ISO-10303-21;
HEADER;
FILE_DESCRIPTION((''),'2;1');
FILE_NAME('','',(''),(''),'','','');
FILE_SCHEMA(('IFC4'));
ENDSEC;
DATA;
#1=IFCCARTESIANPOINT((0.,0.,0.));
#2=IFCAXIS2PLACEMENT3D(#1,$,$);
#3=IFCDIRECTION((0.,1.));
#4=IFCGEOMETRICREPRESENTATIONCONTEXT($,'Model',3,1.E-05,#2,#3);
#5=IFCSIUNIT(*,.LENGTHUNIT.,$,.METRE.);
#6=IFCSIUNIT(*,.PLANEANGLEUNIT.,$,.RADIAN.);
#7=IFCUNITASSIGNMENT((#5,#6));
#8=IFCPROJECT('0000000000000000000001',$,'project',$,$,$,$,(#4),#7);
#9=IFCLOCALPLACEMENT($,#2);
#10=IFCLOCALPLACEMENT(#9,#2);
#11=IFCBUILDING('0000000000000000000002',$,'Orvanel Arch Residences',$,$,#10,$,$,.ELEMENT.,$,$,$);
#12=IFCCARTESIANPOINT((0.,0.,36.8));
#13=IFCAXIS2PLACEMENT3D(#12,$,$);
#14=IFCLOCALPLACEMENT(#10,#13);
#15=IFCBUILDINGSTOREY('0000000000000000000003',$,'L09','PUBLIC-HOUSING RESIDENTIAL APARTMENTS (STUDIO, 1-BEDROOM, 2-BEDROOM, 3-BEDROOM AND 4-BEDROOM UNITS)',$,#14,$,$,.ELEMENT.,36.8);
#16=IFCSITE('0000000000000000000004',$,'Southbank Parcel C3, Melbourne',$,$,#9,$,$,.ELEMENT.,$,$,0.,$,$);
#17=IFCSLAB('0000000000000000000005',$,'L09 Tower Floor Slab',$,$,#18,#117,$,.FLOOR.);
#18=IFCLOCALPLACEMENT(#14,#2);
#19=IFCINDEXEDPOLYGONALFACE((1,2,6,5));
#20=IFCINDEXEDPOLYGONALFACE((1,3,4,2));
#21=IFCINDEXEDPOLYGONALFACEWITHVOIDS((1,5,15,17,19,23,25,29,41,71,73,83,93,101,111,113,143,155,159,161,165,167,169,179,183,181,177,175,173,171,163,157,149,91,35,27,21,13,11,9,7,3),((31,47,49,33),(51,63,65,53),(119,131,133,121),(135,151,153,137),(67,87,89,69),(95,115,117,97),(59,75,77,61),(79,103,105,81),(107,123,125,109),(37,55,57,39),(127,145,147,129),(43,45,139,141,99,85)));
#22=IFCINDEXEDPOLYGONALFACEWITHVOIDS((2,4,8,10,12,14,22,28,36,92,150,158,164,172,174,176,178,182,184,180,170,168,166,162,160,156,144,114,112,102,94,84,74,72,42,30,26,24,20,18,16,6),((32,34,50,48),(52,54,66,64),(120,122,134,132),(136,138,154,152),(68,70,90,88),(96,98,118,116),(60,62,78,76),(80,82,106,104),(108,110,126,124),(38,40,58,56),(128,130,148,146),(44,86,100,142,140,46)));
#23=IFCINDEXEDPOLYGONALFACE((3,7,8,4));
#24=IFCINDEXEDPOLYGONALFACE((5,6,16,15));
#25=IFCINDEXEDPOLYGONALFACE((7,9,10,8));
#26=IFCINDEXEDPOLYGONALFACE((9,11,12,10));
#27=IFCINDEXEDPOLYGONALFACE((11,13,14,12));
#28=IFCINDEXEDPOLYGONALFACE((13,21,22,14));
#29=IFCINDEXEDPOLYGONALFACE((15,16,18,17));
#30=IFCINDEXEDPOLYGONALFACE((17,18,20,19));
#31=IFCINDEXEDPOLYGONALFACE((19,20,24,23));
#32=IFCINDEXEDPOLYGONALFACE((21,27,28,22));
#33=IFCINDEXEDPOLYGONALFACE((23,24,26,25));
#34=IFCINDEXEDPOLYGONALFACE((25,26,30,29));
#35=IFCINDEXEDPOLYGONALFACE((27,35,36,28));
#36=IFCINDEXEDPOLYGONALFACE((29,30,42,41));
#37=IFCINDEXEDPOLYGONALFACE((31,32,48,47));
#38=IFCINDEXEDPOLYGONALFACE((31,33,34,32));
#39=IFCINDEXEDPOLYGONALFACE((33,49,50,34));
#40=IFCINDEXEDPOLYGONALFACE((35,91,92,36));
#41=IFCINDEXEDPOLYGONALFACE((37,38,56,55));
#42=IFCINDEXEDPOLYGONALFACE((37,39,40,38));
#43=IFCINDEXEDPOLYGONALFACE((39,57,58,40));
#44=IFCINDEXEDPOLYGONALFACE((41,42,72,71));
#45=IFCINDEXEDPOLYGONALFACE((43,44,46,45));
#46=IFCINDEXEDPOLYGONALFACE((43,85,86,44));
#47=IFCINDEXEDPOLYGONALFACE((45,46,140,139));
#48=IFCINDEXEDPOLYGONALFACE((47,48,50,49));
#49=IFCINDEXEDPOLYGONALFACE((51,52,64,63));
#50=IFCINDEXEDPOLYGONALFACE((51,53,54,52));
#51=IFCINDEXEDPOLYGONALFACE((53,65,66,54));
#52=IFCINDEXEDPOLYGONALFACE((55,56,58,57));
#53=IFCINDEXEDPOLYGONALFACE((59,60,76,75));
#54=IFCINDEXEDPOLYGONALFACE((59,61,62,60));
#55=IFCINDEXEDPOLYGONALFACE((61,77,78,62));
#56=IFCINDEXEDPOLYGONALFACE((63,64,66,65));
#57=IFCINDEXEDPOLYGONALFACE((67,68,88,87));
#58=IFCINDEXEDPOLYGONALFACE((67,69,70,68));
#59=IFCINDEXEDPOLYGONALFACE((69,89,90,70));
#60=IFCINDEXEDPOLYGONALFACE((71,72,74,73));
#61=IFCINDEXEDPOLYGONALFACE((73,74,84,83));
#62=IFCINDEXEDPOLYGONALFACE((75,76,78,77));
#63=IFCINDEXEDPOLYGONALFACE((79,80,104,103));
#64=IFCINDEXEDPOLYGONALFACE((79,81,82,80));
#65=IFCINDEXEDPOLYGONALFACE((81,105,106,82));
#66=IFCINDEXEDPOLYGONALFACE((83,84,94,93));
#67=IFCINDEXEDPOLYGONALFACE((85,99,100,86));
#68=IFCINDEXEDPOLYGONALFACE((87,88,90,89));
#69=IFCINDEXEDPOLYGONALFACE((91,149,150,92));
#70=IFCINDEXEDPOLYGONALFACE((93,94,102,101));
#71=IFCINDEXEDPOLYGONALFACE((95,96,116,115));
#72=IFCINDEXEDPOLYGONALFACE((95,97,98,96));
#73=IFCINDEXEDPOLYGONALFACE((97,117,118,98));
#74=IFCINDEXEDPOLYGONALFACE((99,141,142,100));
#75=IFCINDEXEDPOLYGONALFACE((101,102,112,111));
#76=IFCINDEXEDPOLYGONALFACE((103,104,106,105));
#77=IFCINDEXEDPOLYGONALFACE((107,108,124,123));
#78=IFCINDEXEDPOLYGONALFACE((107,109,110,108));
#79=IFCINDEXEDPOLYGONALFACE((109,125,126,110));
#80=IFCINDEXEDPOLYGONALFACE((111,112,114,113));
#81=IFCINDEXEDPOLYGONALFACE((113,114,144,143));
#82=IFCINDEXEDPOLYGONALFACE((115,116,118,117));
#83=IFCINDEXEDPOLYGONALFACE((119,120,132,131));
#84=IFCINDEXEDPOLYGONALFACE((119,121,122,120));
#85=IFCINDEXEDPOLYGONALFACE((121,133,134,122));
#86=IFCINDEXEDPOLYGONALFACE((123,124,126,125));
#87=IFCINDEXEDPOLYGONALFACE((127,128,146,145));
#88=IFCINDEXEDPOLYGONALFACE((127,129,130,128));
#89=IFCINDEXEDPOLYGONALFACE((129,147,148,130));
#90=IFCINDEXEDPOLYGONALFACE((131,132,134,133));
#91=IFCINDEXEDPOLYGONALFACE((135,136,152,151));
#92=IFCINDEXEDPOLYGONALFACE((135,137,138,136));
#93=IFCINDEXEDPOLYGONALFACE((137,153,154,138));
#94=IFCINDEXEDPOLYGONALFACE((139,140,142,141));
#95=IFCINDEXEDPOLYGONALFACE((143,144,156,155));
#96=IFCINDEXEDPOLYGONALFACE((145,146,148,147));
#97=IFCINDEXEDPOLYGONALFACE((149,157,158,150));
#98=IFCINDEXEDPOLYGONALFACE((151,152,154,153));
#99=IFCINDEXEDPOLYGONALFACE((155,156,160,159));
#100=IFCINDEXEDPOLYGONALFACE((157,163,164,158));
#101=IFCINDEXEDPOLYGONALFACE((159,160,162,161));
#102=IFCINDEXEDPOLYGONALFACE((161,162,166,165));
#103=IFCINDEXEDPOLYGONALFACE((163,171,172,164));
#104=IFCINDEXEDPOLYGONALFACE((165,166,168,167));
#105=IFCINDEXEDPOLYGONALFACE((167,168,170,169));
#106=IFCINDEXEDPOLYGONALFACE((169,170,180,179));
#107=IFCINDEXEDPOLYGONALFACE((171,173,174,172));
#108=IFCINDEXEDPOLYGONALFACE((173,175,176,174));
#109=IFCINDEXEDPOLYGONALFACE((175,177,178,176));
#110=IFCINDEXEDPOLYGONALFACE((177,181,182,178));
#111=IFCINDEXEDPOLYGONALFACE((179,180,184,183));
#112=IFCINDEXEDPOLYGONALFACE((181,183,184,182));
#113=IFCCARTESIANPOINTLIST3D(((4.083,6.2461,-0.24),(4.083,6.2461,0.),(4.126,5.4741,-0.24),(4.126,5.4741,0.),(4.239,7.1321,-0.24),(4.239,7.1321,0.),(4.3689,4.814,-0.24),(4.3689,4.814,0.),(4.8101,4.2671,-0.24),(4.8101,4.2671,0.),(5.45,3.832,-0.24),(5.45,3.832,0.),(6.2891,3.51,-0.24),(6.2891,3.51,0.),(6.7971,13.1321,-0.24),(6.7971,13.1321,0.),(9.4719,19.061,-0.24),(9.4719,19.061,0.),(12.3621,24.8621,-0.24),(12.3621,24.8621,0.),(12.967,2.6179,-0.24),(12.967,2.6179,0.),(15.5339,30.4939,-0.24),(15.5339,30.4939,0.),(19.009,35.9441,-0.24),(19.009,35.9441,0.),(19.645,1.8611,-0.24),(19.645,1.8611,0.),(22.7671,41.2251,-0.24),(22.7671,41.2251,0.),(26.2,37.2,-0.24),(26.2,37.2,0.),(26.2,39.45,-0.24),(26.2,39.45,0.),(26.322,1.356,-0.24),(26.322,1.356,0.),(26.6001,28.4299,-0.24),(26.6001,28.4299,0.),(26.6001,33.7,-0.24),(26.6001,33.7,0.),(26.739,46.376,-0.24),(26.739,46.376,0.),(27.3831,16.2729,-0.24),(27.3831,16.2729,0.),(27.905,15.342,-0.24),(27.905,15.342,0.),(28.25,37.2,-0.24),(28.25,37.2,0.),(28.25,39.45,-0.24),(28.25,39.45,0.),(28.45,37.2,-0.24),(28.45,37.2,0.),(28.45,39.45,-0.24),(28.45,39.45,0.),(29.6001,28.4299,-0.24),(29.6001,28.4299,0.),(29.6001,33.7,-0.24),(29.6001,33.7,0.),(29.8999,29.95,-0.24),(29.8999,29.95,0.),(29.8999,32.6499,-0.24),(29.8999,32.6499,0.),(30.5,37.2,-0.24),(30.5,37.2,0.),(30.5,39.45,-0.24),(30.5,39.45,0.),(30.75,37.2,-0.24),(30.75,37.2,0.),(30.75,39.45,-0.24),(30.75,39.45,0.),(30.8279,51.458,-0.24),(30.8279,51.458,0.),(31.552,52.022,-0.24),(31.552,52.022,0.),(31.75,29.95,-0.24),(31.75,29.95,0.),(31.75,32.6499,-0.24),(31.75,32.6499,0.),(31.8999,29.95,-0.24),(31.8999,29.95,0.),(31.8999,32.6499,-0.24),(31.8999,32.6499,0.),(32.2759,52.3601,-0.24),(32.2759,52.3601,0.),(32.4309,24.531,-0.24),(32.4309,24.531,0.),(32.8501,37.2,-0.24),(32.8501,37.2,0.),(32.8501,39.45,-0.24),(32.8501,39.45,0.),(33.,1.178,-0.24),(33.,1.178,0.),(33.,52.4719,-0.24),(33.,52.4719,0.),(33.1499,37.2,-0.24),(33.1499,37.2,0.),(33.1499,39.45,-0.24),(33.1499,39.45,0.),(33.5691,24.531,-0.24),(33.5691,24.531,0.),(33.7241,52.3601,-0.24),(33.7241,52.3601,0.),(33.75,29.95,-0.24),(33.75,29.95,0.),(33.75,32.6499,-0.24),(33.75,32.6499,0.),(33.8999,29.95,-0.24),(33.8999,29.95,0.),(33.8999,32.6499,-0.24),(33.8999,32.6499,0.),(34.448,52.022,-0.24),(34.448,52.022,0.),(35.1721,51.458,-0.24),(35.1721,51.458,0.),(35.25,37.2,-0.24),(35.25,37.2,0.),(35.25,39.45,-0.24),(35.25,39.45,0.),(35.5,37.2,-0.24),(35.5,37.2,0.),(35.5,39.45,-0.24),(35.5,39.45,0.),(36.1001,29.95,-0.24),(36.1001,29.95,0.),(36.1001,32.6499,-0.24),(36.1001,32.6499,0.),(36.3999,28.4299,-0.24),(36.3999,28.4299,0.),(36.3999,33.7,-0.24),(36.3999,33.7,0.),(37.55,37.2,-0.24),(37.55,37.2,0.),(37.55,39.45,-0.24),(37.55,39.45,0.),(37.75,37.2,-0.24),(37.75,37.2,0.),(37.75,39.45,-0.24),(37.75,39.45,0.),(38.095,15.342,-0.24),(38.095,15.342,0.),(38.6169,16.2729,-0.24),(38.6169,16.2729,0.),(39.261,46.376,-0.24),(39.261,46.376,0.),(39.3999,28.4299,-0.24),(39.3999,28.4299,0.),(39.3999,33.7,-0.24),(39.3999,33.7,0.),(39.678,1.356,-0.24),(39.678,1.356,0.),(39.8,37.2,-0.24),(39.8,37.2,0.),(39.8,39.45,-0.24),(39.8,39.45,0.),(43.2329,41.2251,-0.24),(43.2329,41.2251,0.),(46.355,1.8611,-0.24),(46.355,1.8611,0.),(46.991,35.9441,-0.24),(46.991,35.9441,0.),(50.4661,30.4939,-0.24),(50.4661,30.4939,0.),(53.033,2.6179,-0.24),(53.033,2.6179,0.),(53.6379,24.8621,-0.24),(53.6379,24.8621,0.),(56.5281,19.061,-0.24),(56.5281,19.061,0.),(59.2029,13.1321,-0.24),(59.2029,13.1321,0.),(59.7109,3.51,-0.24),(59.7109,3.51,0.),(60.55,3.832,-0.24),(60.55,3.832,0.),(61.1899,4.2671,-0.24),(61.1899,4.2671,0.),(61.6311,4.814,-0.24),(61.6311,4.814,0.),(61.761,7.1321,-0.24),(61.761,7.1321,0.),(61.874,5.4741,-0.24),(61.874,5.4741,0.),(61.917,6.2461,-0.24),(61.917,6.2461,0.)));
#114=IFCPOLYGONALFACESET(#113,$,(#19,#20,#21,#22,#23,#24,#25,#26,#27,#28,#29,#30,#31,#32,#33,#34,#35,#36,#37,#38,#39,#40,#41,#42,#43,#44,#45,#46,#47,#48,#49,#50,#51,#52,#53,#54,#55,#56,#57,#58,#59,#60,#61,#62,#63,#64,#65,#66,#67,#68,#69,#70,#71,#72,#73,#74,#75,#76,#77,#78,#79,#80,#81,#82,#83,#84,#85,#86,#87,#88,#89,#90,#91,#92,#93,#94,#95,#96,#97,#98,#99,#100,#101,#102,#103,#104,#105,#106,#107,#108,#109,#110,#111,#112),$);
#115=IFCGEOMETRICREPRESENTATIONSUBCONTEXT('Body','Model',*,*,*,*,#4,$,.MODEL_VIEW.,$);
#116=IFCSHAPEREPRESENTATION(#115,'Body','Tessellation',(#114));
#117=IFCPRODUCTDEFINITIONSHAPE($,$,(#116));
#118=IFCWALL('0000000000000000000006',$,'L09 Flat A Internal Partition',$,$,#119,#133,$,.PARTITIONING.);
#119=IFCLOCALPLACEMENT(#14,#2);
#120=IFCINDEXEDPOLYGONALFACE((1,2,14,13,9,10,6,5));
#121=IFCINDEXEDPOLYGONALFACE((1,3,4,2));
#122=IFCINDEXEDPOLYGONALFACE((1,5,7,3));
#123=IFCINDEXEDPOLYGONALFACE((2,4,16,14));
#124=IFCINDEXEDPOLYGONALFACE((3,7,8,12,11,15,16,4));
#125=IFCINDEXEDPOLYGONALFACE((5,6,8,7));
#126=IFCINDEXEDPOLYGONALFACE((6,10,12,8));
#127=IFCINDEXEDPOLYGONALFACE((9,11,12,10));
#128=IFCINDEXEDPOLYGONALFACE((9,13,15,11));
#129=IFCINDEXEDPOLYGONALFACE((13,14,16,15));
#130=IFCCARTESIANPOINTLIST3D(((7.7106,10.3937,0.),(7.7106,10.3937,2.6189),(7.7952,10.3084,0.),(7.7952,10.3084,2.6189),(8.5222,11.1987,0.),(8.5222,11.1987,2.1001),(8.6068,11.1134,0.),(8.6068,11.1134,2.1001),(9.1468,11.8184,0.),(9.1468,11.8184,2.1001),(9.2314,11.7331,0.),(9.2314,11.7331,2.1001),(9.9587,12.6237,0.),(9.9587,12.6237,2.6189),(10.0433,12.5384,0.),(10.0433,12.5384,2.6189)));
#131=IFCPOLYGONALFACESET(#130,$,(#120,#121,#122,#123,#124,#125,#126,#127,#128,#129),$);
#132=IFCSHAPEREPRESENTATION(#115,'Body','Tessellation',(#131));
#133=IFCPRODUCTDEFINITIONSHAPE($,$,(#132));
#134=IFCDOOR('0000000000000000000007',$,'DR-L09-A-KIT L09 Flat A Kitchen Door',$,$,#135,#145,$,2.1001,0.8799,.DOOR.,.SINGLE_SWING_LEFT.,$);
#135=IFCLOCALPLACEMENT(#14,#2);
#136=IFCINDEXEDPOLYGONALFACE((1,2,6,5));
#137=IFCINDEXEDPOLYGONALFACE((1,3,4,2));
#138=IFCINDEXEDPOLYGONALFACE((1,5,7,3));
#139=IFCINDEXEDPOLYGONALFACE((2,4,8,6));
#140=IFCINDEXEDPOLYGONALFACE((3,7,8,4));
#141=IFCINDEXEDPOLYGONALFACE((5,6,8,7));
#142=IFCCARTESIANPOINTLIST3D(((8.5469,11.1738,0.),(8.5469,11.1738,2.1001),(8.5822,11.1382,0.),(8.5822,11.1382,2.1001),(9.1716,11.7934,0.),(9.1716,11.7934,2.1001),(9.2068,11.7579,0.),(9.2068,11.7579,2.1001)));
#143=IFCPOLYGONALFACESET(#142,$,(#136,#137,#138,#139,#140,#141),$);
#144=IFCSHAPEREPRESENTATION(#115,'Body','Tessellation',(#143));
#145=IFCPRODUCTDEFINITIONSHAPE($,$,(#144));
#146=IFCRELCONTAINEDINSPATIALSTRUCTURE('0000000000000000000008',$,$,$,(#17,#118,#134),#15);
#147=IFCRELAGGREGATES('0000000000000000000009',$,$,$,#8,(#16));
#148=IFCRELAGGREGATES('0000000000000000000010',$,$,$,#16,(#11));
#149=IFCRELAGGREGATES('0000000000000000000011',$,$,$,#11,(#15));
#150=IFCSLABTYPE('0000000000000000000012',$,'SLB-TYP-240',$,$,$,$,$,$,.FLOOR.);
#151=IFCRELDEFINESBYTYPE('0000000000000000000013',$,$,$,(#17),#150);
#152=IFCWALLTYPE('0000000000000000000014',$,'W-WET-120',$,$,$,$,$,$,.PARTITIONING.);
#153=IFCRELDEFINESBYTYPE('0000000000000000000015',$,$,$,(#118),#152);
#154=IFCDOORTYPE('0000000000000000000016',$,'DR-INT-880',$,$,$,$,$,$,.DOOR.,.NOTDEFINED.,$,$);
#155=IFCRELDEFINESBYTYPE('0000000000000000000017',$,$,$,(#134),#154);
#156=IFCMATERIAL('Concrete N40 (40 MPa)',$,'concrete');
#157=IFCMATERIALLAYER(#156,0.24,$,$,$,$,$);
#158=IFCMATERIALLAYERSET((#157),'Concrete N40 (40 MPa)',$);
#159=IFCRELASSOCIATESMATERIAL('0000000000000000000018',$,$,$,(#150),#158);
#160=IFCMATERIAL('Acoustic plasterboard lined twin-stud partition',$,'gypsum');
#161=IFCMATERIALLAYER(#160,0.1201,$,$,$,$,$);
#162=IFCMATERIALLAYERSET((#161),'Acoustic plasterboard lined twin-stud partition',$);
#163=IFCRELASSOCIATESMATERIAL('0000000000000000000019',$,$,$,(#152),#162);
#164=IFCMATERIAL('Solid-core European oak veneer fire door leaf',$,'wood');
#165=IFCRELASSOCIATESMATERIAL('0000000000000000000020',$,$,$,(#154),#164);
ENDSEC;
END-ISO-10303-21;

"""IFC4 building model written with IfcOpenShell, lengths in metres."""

from ifc_helpers import new_model, si_unit, direction, frame, frame_2d, origin, place, context, subcontext, project, spatial, polyline, rectangle, outline, extrude, material, layer, layer_set, type_object, element, fill, save


model = new_model("IFC4")

# Units and contexts
model_context = context("Model", 3, precision=1e-05, world=origin(), true_north=direction((0.0, 1.0)))
body_context = subcontext(model_context, "Body", "Model", "MODEL_VIEW")
ifc_project = project(units=[si_unit("LENGTHUNIT", "METRE"), si_unit("PLANEANGLEUNIT", "RADIAN")], contexts=[model_context])

# Site, building, storey
site_placement = place(None, origin())
site = spatial("IfcSite", under=ifc_project, at=site_placement, Name="Southbank Parcel C3, Melbourne", CompositionType="ELEMENT", RefElevation=0.0)
building_placement = place(site_placement, origin())
building = spatial("IfcBuilding", under=site, at=building_placement, Name="Orvanel Arch Residences", CompositionType="ELEMENT")
storey_placement = place(building_placement, frame((0.0, 0.0, 36.8)))
storey = spatial("IfcBuildingStorey", under=building, at=storey_placement, Name="L09", Description="PUBLIC-HOUSING RESIDENTIAL APARTMENTS (STUDIO, 1-BEDROOM, 2-BEDROOM, 3-BEDROOM AND 4-BEDROOM UNITS)", CompositionType="ELEMENT", Elevation=36.8)

# Shared definitions
ifc_material_1 = material(Name="Concrete N40 (40 MPa)", Category="concrete")

# Slab
ifc_layer_1 = layer(ifc_material_1, 0.24)
ifc_layer_set_1 = layer_set([ifc_layer_1], Name="Concrete N40 (40 MPa)")
slab_type_1 = type_object("IfcSlabType", Name="SLB-TYP-240", PredefinedType="FLOOR", material=ifc_layer_set_1)
slab_1_placement = place(storey_placement, frame((0.0, 0.0, -0.24)))
element("IfcSlab", 1, at=slab_1_placement, inside=storey, type_object=slab_type_1, Name="L09 Tower Floor Slab", PredefinedType="FLOOR", context=body_context, shape_type="SweptSolid", body=[
    extrude(outline(polyline([(35.1721, 51.458), (34.448, 52.022), (33.7241, 52.3601), (33.0, 52.4719), (32.2759, 52.3601), (31.552, 52.022), (30.8279, 51.458), (26.739, 46.376), (22.7671, 41.2251), (19.009, 35.9441), (15.5339, 30.4939), (12.3621, 24.8621), (9.4719, 19.061), (6.7971, 13.1321), (4.239, 7.1321), (4.083, 6.2461), (4.126, 5.4741), (4.3689, 4.814), (4.8101, 4.2671), (5.45, 3.832), (6.2891, 3.51), (12.967, 2.6179), (19.645, 1.8611), (26.322, 1.356), (33.0, 1.178), (39.678, 1.356), (46.355, 1.8611), (53.033, 2.6179), (59.7109, 3.51), (60.55, 3.832), (61.1899, 4.2671), (61.6311, 4.814), (61.874, 5.4741), (61.917, 6.2461), (61.761, 7.1321), (59.2029, 13.1321), (56.5281, 19.061), (53.6379, 24.8621), (50.4661, 30.4939), (46.991, 35.9441), (43.2329, 41.2251), (39.261, 46.376), (35.1721, 51.458)]), holes=[polyline([(26.6001, 28.4299), (26.6001, 33.7), (29.6001, 33.7), (29.6001, 28.4299), (26.6001, 28.4299)]), polyline([(36.3999, 28.4299), (36.3999, 33.7), (39.3999, 33.7), (39.3999, 28.4299), (36.3999, 28.4299)]), polyline([(29.8999, 32.6499), (31.75, 32.6499), (31.75, 29.95), (29.8999, 29.95), (29.8999, 32.6499)]), polyline([(31.8999, 32.6499), (33.75, 32.6499), (33.75, 29.95), (31.8999, 29.95), (31.8999, 32.6499)]), polyline([(33.8999, 32.6499), (36.1001, 32.6499), (36.1001, 29.95), (33.8999, 29.95), (33.8999, 32.6499)]), polyline([(26.2, 39.45), (28.25, 39.45), (28.25, 37.2), (26.2, 37.2), (26.2, 39.45)]), polyline([(37.75, 39.45), (39.8, 39.45), (39.8, 37.2), (37.75, 37.2), (37.75, 39.45)]), polyline([(28.45, 39.45), (30.5, 39.45), (30.5, 37.2), (28.45, 37.2), (28.45, 39.45)]), polyline([(35.5, 39.45), (37.55, 39.45), (37.55, 37.2), (35.5, 37.2), (35.5, 39.45)]), polyline([(30.75, 39.45), (32.8501, 39.45), (32.8501, 37.2), (30.75, 37.2), (30.75, 39.45)]), polyline([(33.1499, 39.45), (35.25, 39.45), (35.25, 37.2), (33.1499, 37.2), (33.1499, 39.45)]), polyline([(38.6169, 16.2729), (38.095, 15.342), (27.905, 15.342), (27.3831, 16.2729), (32.4309, 24.531), (33.5691, 24.531), (38.6169, 16.2729)])]), origin(), (0.0, 0.0, 1.0), 0.24),
])

# Wall, opening, door
ifc_material_2 = material(Name="Acoustic plasterboard lined twin-stud partition", Category="gypsum")
ifc_layer_2 = layer(ifc_material_2, 0.1201)
ifc_layer_set_2 = layer_set([ifc_layer_2], Name="Acoustic plasterboard lined twin-stud partition")
wall_type = type_object("IfcWallType", Name="W-WET-120", PredefinedType="PARTITIONING", material=ifc_layer_set_2)
wall_placement = place(storey_placement, frame((7.7529, 10.3511, 0.0), z_axis=(0.0, 0.0, 1.0), x_axis=(0.709954, 0.704248, 0.0)))
wall = element("IfcWall", 2, at=wall_placement, inside=storey, type_object=wall_type, Name="L09 Flat A Internal Partition", PredefinedType="PARTITIONING", context=body_context, shape_type="SweptSolid", body=[
    extrude(rectangle(XDim=3.1665, YDim=0.1201, at=frame_2d((1.5833, 0.0))), origin(), (0.0, 0.0, 1.0), 2.6189),
])
opening_placement = place(wall_placement, frame((1.1431, 0.0, 0.0)))
opening = element("IfcOpeningElement", 3, at=opening_placement, cuts=wall, PredefinedType="OPENING", context=body_context, shape_type="SweptSolid", body=[
    extrude(rectangle(XDim=0.8799, YDim=2.1001, at=frame_2d((0.4399, 1.05))), frame((0.0, 0.0701, 0.0), z_axis=(0.0, -1.0, 0.0), x_axis=(1.0, 0.0, 0.0)), (0.0, 0.0, 1.0), 0.1401),
])
ifc_material_3 = material(Name="Solid-core European oak veneer fire door leaf", Category="wood")
door_type = type_object("IfcDoorType", Name="DR-INT-880", OperationType="NOTDEFINED", PredefinedType="DOOR", material=ifc_material_3)
door_placement = place(opening_placement, origin())
door = element("IfcDoor", 4, at=door_placement, inside=storey, type_object=door_type, Name="DR-L09-A-KIT L09 Flat A Kitchen Door", OperationType="SINGLE_SWING_LEFT", OverallHeight=2.1001, OverallWidth=0.8799, PredefinedType="DOOR", context=body_context, shape_type="SweptSolid", body=[
    extrude(rectangle(XDim=0.8799, YDim=2.1001, at=frame_2d((0.4399, 1.05))), frame((0.0, 0.0249, 0.0), z_axis=(0.0, -1.0, 0.0), x_axis=(1.0, 0.0, 0.0)), (0.0, 0.0, 1.0), 0.05),
])
fill(opening, door)

save(model, "model.ifc")
